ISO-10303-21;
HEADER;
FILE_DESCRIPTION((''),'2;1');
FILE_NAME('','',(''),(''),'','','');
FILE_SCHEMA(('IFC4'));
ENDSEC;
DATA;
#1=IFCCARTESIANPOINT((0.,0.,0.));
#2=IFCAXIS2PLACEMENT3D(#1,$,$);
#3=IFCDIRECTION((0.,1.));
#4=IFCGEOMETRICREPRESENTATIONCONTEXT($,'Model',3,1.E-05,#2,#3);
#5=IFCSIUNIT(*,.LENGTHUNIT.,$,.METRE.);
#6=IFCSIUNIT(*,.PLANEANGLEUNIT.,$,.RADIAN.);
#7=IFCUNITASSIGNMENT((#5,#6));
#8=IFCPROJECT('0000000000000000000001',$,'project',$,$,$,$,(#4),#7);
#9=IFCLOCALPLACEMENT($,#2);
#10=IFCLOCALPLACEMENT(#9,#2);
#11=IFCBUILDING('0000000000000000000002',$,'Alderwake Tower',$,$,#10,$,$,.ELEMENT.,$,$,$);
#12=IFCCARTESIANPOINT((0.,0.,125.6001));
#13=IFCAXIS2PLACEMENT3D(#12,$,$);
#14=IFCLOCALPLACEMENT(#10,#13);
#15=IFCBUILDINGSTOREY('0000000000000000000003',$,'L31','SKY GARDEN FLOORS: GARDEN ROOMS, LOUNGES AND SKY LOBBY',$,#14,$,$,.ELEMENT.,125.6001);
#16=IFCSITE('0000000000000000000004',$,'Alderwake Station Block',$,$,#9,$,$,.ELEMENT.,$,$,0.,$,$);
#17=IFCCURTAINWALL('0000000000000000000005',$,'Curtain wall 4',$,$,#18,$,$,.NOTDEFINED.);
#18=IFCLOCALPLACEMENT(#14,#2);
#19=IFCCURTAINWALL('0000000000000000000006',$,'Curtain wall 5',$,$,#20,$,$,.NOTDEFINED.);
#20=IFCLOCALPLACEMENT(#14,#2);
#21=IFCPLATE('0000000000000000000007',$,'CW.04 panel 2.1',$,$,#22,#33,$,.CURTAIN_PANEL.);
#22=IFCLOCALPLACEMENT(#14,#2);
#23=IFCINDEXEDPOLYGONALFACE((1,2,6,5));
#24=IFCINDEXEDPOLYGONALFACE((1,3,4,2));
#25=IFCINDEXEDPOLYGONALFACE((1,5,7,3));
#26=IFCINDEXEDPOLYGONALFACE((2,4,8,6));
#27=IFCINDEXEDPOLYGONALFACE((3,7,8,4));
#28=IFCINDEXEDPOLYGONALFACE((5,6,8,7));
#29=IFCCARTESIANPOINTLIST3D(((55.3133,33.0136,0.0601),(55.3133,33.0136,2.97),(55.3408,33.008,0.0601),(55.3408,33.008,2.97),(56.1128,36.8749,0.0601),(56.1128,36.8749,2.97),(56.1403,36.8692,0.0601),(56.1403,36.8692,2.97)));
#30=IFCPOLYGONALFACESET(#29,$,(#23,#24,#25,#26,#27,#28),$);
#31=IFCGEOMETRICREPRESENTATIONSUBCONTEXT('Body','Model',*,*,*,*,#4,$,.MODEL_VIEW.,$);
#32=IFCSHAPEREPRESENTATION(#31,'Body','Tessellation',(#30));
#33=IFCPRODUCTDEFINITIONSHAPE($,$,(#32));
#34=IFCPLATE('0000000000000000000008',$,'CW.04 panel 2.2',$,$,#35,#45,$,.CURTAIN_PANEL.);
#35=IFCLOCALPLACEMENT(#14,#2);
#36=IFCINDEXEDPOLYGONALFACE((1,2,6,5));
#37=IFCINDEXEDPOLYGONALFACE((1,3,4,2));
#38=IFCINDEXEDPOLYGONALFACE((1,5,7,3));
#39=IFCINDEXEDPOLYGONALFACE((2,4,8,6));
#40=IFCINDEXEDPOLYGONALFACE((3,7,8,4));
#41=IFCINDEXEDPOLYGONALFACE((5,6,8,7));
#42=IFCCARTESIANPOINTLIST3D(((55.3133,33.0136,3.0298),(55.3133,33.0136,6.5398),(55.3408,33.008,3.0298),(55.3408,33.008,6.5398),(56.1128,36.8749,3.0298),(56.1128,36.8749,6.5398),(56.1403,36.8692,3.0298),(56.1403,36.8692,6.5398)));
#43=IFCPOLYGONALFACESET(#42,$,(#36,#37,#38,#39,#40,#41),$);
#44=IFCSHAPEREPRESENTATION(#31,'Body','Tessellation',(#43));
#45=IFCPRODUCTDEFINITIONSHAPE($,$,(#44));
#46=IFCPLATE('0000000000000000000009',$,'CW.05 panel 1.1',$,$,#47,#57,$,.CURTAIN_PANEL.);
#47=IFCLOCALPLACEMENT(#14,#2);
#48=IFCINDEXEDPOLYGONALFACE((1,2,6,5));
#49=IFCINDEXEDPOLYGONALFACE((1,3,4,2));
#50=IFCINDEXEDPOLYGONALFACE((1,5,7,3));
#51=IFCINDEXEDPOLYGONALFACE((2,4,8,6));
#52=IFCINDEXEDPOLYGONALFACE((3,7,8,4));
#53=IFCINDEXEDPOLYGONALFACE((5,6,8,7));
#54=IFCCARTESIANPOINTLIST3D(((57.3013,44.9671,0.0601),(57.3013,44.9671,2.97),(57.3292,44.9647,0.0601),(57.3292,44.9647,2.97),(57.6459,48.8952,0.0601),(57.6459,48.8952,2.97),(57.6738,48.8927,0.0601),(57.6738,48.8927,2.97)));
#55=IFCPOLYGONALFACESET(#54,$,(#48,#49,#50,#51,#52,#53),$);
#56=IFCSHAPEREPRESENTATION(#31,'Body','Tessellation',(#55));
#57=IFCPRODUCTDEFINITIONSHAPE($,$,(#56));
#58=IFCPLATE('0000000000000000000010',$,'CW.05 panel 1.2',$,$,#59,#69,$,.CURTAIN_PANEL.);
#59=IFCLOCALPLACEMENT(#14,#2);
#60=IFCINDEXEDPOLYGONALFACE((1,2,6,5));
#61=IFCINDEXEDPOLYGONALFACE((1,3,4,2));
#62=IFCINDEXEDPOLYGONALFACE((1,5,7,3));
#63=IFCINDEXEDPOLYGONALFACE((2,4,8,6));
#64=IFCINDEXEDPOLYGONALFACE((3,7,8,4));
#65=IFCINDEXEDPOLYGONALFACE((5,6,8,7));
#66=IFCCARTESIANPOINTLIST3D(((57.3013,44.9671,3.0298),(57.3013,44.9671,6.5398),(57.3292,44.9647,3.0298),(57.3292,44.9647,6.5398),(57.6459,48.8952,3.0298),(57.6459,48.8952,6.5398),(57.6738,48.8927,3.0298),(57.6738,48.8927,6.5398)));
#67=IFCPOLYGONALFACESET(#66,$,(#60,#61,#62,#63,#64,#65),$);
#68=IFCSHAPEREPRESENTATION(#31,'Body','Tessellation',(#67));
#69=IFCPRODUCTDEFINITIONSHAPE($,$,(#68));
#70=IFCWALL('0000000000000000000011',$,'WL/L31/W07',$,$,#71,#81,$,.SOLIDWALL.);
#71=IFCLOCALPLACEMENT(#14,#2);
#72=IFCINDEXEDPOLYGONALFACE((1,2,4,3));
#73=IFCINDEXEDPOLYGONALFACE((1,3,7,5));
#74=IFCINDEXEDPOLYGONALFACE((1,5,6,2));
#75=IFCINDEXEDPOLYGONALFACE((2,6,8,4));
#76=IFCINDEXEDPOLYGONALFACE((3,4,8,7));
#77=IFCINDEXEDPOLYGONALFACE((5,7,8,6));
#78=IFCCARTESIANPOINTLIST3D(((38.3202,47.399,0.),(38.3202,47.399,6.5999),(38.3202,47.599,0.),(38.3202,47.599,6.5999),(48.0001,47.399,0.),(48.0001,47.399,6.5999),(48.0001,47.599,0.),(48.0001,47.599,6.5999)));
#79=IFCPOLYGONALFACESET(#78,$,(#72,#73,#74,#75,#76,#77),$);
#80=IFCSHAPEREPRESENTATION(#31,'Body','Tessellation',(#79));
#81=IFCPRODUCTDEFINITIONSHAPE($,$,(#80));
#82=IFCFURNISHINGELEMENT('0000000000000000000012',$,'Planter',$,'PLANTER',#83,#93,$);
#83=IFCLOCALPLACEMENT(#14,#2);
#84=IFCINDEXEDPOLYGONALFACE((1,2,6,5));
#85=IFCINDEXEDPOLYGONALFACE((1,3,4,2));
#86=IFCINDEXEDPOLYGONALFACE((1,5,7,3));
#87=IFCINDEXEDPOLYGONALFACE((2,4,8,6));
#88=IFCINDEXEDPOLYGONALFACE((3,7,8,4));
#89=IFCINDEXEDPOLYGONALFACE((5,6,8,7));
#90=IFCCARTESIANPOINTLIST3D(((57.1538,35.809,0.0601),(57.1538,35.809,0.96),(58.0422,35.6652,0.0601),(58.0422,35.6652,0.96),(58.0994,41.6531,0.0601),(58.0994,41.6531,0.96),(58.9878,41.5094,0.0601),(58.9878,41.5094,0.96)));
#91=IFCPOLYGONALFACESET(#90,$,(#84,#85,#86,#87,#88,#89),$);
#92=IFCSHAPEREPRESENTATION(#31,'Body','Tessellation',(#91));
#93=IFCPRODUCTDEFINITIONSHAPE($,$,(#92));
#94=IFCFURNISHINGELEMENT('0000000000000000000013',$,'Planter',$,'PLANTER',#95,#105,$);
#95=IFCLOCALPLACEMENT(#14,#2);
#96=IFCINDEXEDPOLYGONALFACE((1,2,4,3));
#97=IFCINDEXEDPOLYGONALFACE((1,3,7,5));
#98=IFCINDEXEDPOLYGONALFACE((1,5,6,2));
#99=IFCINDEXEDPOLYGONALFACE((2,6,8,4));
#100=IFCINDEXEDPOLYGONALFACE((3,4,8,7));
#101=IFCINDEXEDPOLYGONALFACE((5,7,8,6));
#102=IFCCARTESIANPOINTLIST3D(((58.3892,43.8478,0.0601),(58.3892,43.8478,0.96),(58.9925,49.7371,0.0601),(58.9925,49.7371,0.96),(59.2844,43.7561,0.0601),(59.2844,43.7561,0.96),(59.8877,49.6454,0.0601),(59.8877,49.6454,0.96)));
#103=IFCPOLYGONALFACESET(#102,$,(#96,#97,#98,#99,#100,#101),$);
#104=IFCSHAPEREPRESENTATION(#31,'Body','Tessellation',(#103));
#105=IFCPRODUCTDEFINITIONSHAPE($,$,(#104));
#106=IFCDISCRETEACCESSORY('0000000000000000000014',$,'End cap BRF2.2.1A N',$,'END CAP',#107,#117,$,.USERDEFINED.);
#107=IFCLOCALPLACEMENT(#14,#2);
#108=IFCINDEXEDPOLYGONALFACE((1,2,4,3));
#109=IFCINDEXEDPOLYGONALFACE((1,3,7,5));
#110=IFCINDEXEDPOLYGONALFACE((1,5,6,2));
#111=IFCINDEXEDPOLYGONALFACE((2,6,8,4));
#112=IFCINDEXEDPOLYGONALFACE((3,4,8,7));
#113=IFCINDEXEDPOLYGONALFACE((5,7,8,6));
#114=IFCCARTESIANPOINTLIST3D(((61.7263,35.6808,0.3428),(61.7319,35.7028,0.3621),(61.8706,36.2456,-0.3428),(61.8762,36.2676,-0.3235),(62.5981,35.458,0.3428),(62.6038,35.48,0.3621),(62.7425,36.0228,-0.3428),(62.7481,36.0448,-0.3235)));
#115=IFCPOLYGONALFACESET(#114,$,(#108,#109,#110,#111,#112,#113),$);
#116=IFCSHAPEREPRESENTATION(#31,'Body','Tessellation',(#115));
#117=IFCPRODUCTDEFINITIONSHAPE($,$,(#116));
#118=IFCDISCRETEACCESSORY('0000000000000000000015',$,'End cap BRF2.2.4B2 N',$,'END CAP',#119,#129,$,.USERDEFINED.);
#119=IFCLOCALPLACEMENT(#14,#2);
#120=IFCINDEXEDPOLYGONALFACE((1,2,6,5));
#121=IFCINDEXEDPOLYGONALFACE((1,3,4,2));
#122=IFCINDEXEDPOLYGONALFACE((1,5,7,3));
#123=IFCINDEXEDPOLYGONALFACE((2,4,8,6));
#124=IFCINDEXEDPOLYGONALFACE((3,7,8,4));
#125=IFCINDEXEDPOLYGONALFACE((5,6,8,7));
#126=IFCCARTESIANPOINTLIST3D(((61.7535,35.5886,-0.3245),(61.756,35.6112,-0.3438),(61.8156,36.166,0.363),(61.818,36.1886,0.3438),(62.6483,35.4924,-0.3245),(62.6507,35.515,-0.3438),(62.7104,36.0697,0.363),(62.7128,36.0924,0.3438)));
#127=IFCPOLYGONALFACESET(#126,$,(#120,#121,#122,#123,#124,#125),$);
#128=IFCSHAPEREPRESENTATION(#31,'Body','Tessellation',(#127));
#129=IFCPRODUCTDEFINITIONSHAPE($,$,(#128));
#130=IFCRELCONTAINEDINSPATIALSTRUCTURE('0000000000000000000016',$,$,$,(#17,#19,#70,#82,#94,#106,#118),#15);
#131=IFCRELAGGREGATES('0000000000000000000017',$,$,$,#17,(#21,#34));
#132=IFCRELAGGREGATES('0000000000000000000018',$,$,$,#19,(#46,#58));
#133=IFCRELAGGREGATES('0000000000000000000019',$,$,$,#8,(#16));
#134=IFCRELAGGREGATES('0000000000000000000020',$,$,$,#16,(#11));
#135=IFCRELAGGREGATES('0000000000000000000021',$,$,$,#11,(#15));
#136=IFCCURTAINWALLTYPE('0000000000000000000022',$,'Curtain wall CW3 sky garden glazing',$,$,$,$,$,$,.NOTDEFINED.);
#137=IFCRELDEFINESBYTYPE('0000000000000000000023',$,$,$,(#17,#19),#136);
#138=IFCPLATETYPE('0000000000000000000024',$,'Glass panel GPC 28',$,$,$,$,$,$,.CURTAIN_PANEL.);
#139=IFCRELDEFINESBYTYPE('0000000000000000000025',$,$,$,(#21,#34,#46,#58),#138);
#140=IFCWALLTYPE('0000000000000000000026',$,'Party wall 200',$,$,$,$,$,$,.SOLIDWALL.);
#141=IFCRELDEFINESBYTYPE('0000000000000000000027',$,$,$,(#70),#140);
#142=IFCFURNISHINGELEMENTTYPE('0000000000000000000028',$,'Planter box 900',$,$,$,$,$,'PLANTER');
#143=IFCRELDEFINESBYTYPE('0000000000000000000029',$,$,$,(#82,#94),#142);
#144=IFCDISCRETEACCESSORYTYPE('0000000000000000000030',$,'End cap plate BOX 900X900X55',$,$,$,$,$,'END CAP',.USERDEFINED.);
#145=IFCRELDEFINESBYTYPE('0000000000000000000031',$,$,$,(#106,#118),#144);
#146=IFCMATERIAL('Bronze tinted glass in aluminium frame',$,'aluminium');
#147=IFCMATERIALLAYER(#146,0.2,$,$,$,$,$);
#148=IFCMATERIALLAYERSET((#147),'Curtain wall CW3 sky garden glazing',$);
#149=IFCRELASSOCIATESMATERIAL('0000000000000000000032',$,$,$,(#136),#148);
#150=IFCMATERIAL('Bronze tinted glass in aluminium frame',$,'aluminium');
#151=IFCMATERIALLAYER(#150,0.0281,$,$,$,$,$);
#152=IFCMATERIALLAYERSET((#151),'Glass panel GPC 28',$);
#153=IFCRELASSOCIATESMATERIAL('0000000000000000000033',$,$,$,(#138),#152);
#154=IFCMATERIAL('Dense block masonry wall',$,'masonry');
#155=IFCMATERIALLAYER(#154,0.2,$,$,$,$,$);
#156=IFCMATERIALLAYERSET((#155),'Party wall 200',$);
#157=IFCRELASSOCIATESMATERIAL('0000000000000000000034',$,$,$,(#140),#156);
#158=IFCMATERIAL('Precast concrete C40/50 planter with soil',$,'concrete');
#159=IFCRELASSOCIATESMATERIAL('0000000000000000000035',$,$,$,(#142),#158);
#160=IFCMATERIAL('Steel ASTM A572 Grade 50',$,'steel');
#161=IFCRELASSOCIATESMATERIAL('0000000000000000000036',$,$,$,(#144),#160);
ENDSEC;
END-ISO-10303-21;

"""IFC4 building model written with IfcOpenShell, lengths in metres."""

from ifc_helpers import new_model, si_unit, direction, frame, frame_2d, origin, origin_2d, place, context, subcontext, project, spatial, rectangle, extrude, material, layer, layer_set, material_profile, profile_set, type_object, element, aggregate, save


model = new_model("IFC4")

# Units and contexts
model_context = context("Model", 3, precision=1e-05, world=origin(), true_north=direction((0.0, 1.0)))
body_context = subcontext(model_context, "Body", "Model", "MODEL_VIEW")
ifc_project = project(units=[si_unit("LENGTHUNIT", "METRE"), si_unit("PLANEANGLEUNIT", "RADIAN")], contexts=[model_context])

# Site, building, storey
site_placement = place(None, origin())
site = spatial("IfcSite", under=ifc_project, at=site_placement, Name="Alderwake Station Block", CompositionType="ELEMENT", RefElevation=0.0)
building_placement = place(site_placement, origin())
building = spatial("IfcBuilding", under=site, at=building_placement, Name="Alderwake Tower", CompositionType="ELEMENT")
storey_placement = place(building_placement, frame((0.0, 0.0, 125.6001)))
storey = spatial("IfcBuildingStorey", under=building, at=storey_placement, Name="L31", Description="SKY GARDEN FLOORS: GARDEN ROOMS, LOUNGES AND SKY LOBBY", CompositionType="ELEMENT", Elevation=125.6001)

# Curtain walls
ifc_material_1 = material(Name="Bronze tinted glass in aluminium frame", Category="aluminium")
ifc_layer_1 = layer(ifc_material_1, 0.2)
ifc_layer_set_1 = layer_set([ifc_layer_1], Name="Curtain wall CW3 sky garden glazing")
curtain_wall_type = type_object("IfcCurtainWallType", Name="Curtain wall CW3 sky garden glazing", PredefinedType="NOTDEFINED", material=ifc_layer_set_1)
curtain_wall_1_placement = place(storey_placement, origin())
curtain_wall_1 = element("IfcCurtainWall", 1, at=curtain_wall_1_placement, inside=storey, type_object=curtain_wall_type, Name="Curtain wall 4", PredefinedType="NOTDEFINED")
curtain_wall_2_placement = place(storey_placement, origin())
curtain_wall_2 = element("IfcCurtainWall", 2, at=curtain_wall_2_placement, inside=storey, type_object=curtain_wall_type, Name="Curtain wall 5", PredefinedType="NOTDEFINED")

# Plates
ifc_material_2 = material(Name="Bronze tinted glass in aluminium frame", Category="aluminium")
ifc_layer_2 = layer(ifc_material_2, 0.0281)
ifc_layer_set_2 = layer_set([ifc_layer_2], Name="Glass panel GPC 28")
plate_type = type_object("IfcPlateType", Name="Glass panel GPC 28", PredefinedType="CURTAIN_PANEL", material=ifc_layer_set_2)
plate_1_placement = place(storey_placement, frame((55.7268, 34.9414, 0.0601), z_axis=(0.0, 0.0, 1.0), x_axis=(0.202756, 0.979229, 0.0)))
plate_1 = element("IfcPlate", 3, at=plate_1_placement, type_object=plate_type, Name="CW.04 panel 2.1", PredefinedType="CURTAIN_PANEL", context=body_context, shape_type="SweptSolid", body=[
    extrude(rectangle(XDim=3.9431, YDim=0.0281, at=origin_2d()), origin(), (0.0, 0.0, 1.0), 2.9099),
])
plate_2_placement = place(storey_placement, frame((55.7268, 34.9414, 3.0298), z_axis=(0.0, 0.0, 1.0), x_axis=(0.202756, 0.979229, 0.0)))
plate_2 = element("IfcPlate", 4, at=plate_2_placement, type_object=plate_type, Name="CW.04 panel 2.2", PredefinedType="CURTAIN_PANEL", context=body_context, shape_type="SweptSolid", body=[
    extrude(rectangle(XDim=3.9431, YDim=0.0281, at=origin_2d()), origin(), (0.0, 0.0, 1.0), 3.51),
])
aggregate(curtain_wall_1, [plate_1, plate_2])
plate_3_placement = place(storey_placement, frame((57.4875, 46.9299, 0.0601), z_axis=(0.0, 0.0, 1.0), x_axis=(0.087388, 0.996174, 0.0)))
plate_3 = element("IfcPlate", 5, at=plate_3_placement, type_object=plate_type, Name="CW.05 panel 1.1", PredefinedType="CURTAIN_PANEL", context=body_context, shape_type="SweptSolid", body=[
    extrude(rectangle(XDim=3.9431, YDim=0.0281, at=origin_2d()), origin(), (0.0, 0.0, 1.0), 2.9099),
])
plate_4_placement = place(storey_placement, frame((57.4875, 46.9299, 3.0298), z_axis=(0.0, 0.0, 1.0), x_axis=(0.087388, 0.996174, 0.0)))
plate_4 = element("IfcPlate", 6, at=plate_4_placement, type_object=plate_type, Name="CW.05 panel 1.2", PredefinedType="CURTAIN_PANEL", context=body_context, shape_type="SweptSolid", body=[
    extrude(rectangle(XDim=3.9431, YDim=0.0281, at=origin_2d()), origin(), (0.0, 0.0, 1.0), 3.51),
])
aggregate(curtain_wall_2, [plate_3, plate_4])

# Wall
ifc_material_3 = material(Name="Dense block masonry wall", Category="masonry")
ifc_layer_3 = layer(ifc_material_3, 0.2)
ifc_layer_set_3 = layer_set([ifc_layer_3], Name="Party wall 200")
wall_type_1 = type_object("IfcWallType", Name="Party wall 200", PredefinedType="SOLIDWALL", material=ifc_layer_set_3)
wall_1_placement = place(storey_placement, frame((48.0, 47.499, 0.0), z_axis=(0.0, 0.0, 1.0), x_axis=(-1.0, 0.0, 0.0)))
element("IfcWall", 7, at=wall_1_placement, inside=storey, type_object=wall_type_1, Name="WL/L31/W07", PredefinedType="SOLIDWALL", context=body_context, shape_type="SweptSolid", body=[
    extrude(rectangle(XDim=9.6799, YDim=0.2, at=frame_2d((4.8398, 0.0))), origin(), (0.0, 0.0, 1.0), 6.5999),
])

# Furnishing elements
ifc_material_4 = material(Name="Precast concrete C40/50 planter with soil", Category="concrete")
furnishing_element_type = type_object("IfcFurnishingElementType", Name="Planter box 900", ElementType="PLANTER", material=ifc_material_4)
for number, where, z_axis, x_axis, name in (
    (8, (58.0708, 38.6592, 0.0601), (0.0, 0.0, 1.0), (0.987161, -0.15973, 0.0), "Planter"),
    (9, (59.1384, 46.7466, 0.0601), (0.0, 0.0, 1.0), (0.994794, -0.101905, 0.0), "Planter"),
):
    element("IfcFurnishingElement", number, at=place(storey_placement, frame(where, z_axis=z_axis, x_axis=x_axis)), inside=storey, type_object=furnishing_element_type, Name=name, ObjectType="PLANTER", context=body_context, shape_type="SweptSolid", body=[
        extrude(rectangle(XDim=0.8999, YDim=5.9202, at=origin_2d()), origin(), (0.0, 0.0, 1.0), 0.8999),
    ])

# Discrete accessories
ifc_material_5 = material(Name="Steel ASTM A572 Grade 50", Category="steel")
ifc_material_profile_1 = material_profile(ifc_material_5, rectangle(XDim=0.8999, YDim=0.8999, at=origin_2d()), Name="BOX 900X900X55 cap")
ifc_profile_set_1 = profile_set([ifc_material_profile_1], Name="Steel ASTM A572 Grade 50")
discrete_accessory_type = type_object("IfcDiscreteAccessoryType", Name="End cap plate BOX 900X900X55", ElementType="END CAP", PredefinedType="USERDEFINED", material=ifc_profile_set_1)
for number, where, z_axis, x_axis, name in (
    (10, (62.2344, 35.8518, 0.0), (0.188613, 0.738052, 0.647846), (-0.968863, 0.247598, 0.0), "End cap BRF2.2.1A N"),
    (11, (62.2344, 35.8518, 0.0), (-0.081677, -0.759595, 0.645247), (0.994269, -0.106911, 0.0), "End cap BRF2.2.4B2 N"),
):
    element("IfcDiscreteAccessory", number, at=place(storey_placement, frame(where, z_axis=z_axis, x_axis=x_axis)), inside=storey, type_object=discrete_accessory_type, Name=name, ObjectType="END CAP", PredefinedType="USERDEFINED", context=body_context, shape_type="SweptSolid", body=[
        extrude(rectangle(XDim=0.8999, YDim=0.8999, at=origin_2d()), origin(), (0.0, 0.0, 1.0), 0.0298),
    ])

save(model, "model.ifc")
